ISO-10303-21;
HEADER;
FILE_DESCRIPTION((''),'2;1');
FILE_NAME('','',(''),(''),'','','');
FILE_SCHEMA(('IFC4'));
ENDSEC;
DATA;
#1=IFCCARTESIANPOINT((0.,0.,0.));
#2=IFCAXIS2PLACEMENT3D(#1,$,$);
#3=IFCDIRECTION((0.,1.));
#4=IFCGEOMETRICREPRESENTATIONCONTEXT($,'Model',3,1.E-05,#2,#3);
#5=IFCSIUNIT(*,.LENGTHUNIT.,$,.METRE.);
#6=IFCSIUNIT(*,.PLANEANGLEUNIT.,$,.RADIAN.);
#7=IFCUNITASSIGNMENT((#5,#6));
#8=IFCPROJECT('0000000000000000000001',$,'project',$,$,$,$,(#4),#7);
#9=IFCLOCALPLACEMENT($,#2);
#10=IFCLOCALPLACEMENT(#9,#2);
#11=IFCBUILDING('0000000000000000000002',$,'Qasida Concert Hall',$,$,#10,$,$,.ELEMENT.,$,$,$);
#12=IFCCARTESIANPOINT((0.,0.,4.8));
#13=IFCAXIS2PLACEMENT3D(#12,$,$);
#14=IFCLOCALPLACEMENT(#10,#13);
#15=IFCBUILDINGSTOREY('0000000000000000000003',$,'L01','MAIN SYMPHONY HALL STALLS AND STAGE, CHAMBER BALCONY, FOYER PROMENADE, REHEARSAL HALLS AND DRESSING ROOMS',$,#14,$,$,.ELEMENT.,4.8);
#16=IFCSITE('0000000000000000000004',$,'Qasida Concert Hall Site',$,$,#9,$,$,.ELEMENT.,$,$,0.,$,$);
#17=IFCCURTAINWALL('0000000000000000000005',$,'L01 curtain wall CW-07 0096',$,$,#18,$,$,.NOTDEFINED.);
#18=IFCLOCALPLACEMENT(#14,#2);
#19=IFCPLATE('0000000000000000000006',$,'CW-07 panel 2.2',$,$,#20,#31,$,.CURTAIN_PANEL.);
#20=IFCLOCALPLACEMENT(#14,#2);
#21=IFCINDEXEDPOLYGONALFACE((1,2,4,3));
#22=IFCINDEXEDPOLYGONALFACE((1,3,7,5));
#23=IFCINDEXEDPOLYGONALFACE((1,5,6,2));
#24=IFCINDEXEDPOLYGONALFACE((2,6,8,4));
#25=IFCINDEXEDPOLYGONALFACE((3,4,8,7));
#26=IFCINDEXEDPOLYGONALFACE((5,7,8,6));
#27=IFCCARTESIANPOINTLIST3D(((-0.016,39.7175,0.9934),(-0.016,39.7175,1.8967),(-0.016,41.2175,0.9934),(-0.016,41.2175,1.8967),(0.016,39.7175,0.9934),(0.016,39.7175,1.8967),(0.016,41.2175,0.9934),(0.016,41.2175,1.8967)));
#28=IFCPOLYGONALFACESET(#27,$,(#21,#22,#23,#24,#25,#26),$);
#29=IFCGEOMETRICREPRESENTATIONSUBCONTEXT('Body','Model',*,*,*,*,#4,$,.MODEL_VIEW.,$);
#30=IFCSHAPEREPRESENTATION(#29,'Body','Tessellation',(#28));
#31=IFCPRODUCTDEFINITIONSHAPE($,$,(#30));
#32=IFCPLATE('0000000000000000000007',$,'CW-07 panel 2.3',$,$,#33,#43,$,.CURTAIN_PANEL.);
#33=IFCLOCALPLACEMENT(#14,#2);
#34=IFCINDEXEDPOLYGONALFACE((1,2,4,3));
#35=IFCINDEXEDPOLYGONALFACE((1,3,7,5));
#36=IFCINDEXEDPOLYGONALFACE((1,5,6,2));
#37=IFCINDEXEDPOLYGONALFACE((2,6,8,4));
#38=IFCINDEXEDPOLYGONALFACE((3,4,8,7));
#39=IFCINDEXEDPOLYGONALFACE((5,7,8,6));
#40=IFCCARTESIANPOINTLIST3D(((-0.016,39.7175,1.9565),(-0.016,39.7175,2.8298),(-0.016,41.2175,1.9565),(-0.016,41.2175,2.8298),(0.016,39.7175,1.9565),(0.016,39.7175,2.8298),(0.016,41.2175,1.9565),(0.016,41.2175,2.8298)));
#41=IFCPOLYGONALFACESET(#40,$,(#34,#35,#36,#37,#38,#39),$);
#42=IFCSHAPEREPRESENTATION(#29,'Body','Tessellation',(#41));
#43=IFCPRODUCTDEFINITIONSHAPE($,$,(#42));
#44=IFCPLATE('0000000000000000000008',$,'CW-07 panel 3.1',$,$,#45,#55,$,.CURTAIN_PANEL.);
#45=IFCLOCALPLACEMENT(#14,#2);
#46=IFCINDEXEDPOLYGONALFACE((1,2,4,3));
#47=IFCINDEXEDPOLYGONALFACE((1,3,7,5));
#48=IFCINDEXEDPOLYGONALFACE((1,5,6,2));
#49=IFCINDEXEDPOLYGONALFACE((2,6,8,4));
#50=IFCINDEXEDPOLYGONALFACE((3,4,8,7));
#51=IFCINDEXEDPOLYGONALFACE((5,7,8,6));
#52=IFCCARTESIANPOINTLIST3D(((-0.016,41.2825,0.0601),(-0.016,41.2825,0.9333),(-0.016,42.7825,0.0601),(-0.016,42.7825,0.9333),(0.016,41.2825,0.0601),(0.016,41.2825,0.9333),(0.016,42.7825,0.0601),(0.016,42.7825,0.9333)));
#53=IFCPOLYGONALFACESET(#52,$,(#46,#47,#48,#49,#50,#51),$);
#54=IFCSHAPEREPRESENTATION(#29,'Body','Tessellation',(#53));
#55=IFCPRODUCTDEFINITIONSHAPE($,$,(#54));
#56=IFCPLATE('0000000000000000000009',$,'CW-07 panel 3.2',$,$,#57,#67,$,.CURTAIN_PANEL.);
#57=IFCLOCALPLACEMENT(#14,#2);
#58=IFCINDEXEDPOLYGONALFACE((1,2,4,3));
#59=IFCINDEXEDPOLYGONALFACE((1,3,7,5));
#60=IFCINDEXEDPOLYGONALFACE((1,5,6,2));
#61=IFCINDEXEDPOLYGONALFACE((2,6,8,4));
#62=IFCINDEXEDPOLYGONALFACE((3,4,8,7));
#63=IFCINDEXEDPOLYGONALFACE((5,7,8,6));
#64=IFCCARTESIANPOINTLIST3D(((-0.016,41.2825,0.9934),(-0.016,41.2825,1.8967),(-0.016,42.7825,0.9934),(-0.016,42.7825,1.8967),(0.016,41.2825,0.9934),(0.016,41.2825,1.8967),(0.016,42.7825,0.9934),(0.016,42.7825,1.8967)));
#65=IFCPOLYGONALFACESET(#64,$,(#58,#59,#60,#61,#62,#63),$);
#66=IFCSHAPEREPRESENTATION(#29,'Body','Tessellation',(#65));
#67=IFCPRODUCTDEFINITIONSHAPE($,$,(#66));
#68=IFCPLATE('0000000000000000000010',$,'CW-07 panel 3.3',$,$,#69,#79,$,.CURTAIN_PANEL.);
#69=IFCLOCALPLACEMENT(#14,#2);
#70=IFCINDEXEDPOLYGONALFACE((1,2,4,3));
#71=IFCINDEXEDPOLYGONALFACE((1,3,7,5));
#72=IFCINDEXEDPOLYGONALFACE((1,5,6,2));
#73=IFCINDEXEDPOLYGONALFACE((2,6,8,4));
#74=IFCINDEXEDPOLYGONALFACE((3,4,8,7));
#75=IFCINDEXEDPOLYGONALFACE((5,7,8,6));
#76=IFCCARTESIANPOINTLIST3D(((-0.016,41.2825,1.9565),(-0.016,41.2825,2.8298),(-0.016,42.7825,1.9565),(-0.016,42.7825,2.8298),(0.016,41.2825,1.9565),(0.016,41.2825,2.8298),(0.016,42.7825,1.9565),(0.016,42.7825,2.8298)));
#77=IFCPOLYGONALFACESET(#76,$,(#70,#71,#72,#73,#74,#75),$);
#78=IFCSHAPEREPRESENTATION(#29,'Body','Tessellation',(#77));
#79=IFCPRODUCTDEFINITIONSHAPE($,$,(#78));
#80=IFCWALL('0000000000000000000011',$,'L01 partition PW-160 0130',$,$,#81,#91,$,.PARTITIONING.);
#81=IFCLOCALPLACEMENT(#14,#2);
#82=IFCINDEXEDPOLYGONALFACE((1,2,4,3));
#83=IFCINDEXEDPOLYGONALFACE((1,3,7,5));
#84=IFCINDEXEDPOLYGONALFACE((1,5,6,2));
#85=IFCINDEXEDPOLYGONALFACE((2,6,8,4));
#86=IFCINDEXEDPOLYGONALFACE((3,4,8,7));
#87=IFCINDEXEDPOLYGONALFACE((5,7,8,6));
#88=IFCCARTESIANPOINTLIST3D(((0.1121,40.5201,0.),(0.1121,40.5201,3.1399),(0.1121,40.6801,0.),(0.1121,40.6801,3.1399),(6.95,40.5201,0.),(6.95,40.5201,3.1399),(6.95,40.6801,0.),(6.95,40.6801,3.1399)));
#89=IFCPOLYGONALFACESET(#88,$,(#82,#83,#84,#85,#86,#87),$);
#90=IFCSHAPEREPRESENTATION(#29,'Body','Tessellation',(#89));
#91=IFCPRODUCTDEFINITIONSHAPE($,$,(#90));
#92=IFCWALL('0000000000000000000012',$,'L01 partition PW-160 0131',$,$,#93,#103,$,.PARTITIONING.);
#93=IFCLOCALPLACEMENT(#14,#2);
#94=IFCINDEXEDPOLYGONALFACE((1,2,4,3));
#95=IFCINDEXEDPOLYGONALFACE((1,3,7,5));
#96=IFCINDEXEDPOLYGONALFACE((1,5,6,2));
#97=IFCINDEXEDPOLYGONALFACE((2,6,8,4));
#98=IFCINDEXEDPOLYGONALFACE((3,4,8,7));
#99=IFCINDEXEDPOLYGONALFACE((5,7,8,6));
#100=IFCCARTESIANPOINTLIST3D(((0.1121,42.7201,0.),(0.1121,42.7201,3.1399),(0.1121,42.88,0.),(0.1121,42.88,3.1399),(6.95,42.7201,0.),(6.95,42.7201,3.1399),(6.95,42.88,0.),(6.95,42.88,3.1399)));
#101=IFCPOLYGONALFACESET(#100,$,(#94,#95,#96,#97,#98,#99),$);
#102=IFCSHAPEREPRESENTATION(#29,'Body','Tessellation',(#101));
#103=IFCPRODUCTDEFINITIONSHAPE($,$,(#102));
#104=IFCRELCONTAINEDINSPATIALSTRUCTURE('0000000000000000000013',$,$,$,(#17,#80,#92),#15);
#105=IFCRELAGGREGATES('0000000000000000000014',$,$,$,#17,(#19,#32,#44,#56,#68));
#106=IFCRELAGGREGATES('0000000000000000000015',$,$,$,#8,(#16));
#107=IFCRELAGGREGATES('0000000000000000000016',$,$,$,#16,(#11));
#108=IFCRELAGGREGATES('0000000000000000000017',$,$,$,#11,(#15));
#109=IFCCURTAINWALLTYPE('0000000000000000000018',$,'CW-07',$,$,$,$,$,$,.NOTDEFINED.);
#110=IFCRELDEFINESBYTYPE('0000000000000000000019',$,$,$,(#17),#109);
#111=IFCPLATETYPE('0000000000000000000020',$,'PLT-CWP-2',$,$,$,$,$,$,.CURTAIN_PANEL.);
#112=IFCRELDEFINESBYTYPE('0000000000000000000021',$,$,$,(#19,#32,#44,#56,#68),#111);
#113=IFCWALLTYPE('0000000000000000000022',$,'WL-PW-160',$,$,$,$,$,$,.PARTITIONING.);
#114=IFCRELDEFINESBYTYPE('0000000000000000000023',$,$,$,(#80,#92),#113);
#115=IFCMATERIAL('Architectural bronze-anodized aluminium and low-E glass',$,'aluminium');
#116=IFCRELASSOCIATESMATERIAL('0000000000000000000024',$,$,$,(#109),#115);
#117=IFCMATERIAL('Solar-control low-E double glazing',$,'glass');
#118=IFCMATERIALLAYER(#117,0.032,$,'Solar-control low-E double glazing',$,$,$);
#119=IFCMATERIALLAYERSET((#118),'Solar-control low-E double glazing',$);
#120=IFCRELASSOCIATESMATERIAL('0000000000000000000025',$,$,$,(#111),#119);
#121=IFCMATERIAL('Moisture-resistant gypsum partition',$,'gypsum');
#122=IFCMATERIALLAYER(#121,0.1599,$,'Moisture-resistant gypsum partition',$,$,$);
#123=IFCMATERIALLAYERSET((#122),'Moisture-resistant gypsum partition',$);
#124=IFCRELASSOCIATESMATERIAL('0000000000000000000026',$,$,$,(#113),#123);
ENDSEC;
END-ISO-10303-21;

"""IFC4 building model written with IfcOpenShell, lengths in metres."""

from ifc_helpers import new_model, si_unit, direction, frame, frame_2d, origin, origin_2d, place, context, subcontext, project, spatial, rectangle, extrude, material, layer, layer_set, type_object, element, aggregate, save


model = new_model("IFC4")

# Units and contexts
model_context = context("Model", 3, precision=1e-05, world=origin(), true_north=direction((0.0, 1.0)))
body_context = subcontext(model_context, "Body", "Model", "MODEL_VIEW")
ifc_project = project(units=[si_unit("LENGTHUNIT", "METRE"), si_unit("PLANEANGLEUNIT", "RADIAN")], contexts=[model_context])

# Site, building, storey
site_placement = place(None, origin())
site = spatial("IfcSite", under=ifc_project, at=site_placement, Name="Qasida Concert Hall Site", CompositionType="ELEMENT", RefElevation=0.0)
building_placement = place(site_placement, origin())
building = spatial("IfcBuilding", under=site, at=building_placement, Name="Qasida Concert Hall", CompositionType="ELEMENT")
storey_placement = place(building_placement, frame((0.0, 0.0, 4.8)))
storey = spatial("IfcBuildingStorey", under=building, at=storey_placement, Name="L01", Description="MAIN SYMPHONY HALL STALLS AND STAGE, CHAMBER BALCONY, FOYER PROMENADE, REHEARSAL HALLS AND DRESSING ROOMS", CompositionType="ELEMENT", Elevation=4.8)

# Curtain wall, plates
ifc_material_1 = material(Name="Architectural bronze-anodized aluminium and low-E glass", Category="aluminium")
curtain_wall_type = type_object("IfcCurtainWallType", Name="CW-07", PredefinedType="NOTDEFINED", material=ifc_material_1)
curtain_wall_placement = place(storey_placement, origin())
curtain_wall = element("IfcCurtainWall", 1, at=curtain_wall_placement, inside=storey, type_object=curtain_wall_type, Name="L01 curtain wall CW-07 0096", PredefinedType="NOTDEFINED")
ifc_material_2 = material(Name="Solar-control low-E double glazing", Category="glass")
ifc_layer_1 = layer(ifc_material_2, 0.032, Name="Solar-control low-E double glazing")
ifc_layer_set_1 = layer_set([ifc_layer_1], Name="Solar-control low-E double glazing")
plate_type = type_object("IfcPlateType", Name="PLT-CWP-2", PredefinedType="CURTAIN_PANEL", material=ifc_layer_set_1)
plate_1_placement = place(storey_placement, frame((0.0, 40.4675, 0.9934), z_axis=(0.0, 0.0, 1.0), x_axis=(0.0, 1.0, 0.0)))
plate_1 = element("IfcPlate", 2, at=plate_1_placement, type_object=plate_type, Name="CW-07 panel 2.2", PredefinedType="CURTAIN_PANEL", context=body_context, shape_type="SweptSolid", body=[
    extrude(rectangle(XDim=1.5, YDim=0.032, at=origin_2d()), origin(), (0.0, 0.0, 1.0), 0.9033),
])
plate_2_placement = place(storey_placement, frame((0.0, 40.4675, 1.9565), z_axis=(0.0, 0.0, 1.0), x_axis=(0.0, 1.0, 0.0)))
plate_2 = element("IfcPlate", 3, at=plate_2_placement, type_object=plate_type, Name="CW-07 panel 2.3", PredefinedType="CURTAIN_PANEL", context=body_context, shape_type="SweptSolid", body=[
    extrude(rectangle(XDim=1.5, YDim=0.032, at=origin_2d()), origin(), (0.0, 0.0, 1.0), 0.8733),
])
plate_3_placement = place(storey_placement, frame((0.0, 42.0325, 0.0601), z_axis=(0.0, 0.0, 1.0), x_axis=(0.0, 1.0, 0.0)))
plate_3 = element("IfcPlate", 4, at=plate_3_placement, type_object=plate_type, Name="CW-07 panel 3.1", PredefinedType="CURTAIN_PANEL", context=body_context, shape_type="SweptSolid", body=[
    extrude(rectangle(XDim=1.5, YDim=0.032, at=origin_2d()), origin(), (0.0, 0.0, 1.0), 0.8733),
])
plate_4_placement = place(storey_placement, frame((0.0, 42.0325, 0.9934), z_axis=(0.0, 0.0, 1.0), x_axis=(0.0, 1.0, 0.0)))
plate_4 = element("IfcPlate", 5, at=plate_4_placement, type_object=plate_type, Name="CW-07 panel 3.2", PredefinedType="CURTAIN_PANEL", context=body_context, shape_type="SweptSolid", body=[
    extrude(rectangle(XDim=1.5, YDim=0.032, at=origin_2d()), origin(), (0.0, 0.0, 1.0), 0.9033),
])
plate_5_placement = place(storey_placement, frame((0.0, 42.0325, 1.9565), z_axis=(0.0, 0.0, 1.0), x_axis=(0.0, 1.0, 0.0)))
plate_5 = element("IfcPlate", 6, at=plate_5_placement, type_object=plate_type, Name="CW-07 panel 3.3", PredefinedType="CURTAIN_PANEL", context=body_context, shape_type="SweptSolid", body=[
    extrude(rectangle(XDim=1.5, YDim=0.032, at=origin_2d()), origin(), (0.0, 0.0, 1.0), 0.8733),
])
aggregate(curtain_wall, [plate_1, plate_2, plate_3, plate_4, plate_5])

# Walls
ifc_material_3 = material(Name="Moisture-resistant gypsum partition", Category="gypsum")
ifc_layer_2 = layer(ifc_material_3, 0.1599, Name="Moisture-resistant gypsum partition")
ifc_layer_set_2 = layer_set([ifc_layer_2], Name="Moisture-resistant gypsum partition")
wall_type = type_object("IfcWallType", Name="WL-PW-160", PredefinedType="PARTITIONING", material=ifc_layer_set_2)
for number, where, z_axis, x_axis, name in (
    (7, (0.1121, 40.6001, 0.0), (0.0, 0.0, 1.0), (1.0, 0.0, 0.0), "L01 partition PW-160 0130"),
    (8, (0.1121, 42.8, 0.0), (0.0, 0.0, 1.0), (1.0, 0.0, 0.0), "L01 partition PW-160 0131"),
):
    element("IfcWall", number, at=place(storey_placement, frame(where, z_axis=z_axis, x_axis=x_axis)), inside=storey, type_object=wall_type, Name=name, PredefinedType="PARTITIONING", context=body_context, shape_type="SweptSolid", body=[
        extrude(rectangle(XDim=6.8379, YDim=0.1599, at=frame_2d((3.4189, 0.0))), origin(), (0.0, 0.0, 1.0), 3.1399),
    ])

save(model, "model.ifc")
